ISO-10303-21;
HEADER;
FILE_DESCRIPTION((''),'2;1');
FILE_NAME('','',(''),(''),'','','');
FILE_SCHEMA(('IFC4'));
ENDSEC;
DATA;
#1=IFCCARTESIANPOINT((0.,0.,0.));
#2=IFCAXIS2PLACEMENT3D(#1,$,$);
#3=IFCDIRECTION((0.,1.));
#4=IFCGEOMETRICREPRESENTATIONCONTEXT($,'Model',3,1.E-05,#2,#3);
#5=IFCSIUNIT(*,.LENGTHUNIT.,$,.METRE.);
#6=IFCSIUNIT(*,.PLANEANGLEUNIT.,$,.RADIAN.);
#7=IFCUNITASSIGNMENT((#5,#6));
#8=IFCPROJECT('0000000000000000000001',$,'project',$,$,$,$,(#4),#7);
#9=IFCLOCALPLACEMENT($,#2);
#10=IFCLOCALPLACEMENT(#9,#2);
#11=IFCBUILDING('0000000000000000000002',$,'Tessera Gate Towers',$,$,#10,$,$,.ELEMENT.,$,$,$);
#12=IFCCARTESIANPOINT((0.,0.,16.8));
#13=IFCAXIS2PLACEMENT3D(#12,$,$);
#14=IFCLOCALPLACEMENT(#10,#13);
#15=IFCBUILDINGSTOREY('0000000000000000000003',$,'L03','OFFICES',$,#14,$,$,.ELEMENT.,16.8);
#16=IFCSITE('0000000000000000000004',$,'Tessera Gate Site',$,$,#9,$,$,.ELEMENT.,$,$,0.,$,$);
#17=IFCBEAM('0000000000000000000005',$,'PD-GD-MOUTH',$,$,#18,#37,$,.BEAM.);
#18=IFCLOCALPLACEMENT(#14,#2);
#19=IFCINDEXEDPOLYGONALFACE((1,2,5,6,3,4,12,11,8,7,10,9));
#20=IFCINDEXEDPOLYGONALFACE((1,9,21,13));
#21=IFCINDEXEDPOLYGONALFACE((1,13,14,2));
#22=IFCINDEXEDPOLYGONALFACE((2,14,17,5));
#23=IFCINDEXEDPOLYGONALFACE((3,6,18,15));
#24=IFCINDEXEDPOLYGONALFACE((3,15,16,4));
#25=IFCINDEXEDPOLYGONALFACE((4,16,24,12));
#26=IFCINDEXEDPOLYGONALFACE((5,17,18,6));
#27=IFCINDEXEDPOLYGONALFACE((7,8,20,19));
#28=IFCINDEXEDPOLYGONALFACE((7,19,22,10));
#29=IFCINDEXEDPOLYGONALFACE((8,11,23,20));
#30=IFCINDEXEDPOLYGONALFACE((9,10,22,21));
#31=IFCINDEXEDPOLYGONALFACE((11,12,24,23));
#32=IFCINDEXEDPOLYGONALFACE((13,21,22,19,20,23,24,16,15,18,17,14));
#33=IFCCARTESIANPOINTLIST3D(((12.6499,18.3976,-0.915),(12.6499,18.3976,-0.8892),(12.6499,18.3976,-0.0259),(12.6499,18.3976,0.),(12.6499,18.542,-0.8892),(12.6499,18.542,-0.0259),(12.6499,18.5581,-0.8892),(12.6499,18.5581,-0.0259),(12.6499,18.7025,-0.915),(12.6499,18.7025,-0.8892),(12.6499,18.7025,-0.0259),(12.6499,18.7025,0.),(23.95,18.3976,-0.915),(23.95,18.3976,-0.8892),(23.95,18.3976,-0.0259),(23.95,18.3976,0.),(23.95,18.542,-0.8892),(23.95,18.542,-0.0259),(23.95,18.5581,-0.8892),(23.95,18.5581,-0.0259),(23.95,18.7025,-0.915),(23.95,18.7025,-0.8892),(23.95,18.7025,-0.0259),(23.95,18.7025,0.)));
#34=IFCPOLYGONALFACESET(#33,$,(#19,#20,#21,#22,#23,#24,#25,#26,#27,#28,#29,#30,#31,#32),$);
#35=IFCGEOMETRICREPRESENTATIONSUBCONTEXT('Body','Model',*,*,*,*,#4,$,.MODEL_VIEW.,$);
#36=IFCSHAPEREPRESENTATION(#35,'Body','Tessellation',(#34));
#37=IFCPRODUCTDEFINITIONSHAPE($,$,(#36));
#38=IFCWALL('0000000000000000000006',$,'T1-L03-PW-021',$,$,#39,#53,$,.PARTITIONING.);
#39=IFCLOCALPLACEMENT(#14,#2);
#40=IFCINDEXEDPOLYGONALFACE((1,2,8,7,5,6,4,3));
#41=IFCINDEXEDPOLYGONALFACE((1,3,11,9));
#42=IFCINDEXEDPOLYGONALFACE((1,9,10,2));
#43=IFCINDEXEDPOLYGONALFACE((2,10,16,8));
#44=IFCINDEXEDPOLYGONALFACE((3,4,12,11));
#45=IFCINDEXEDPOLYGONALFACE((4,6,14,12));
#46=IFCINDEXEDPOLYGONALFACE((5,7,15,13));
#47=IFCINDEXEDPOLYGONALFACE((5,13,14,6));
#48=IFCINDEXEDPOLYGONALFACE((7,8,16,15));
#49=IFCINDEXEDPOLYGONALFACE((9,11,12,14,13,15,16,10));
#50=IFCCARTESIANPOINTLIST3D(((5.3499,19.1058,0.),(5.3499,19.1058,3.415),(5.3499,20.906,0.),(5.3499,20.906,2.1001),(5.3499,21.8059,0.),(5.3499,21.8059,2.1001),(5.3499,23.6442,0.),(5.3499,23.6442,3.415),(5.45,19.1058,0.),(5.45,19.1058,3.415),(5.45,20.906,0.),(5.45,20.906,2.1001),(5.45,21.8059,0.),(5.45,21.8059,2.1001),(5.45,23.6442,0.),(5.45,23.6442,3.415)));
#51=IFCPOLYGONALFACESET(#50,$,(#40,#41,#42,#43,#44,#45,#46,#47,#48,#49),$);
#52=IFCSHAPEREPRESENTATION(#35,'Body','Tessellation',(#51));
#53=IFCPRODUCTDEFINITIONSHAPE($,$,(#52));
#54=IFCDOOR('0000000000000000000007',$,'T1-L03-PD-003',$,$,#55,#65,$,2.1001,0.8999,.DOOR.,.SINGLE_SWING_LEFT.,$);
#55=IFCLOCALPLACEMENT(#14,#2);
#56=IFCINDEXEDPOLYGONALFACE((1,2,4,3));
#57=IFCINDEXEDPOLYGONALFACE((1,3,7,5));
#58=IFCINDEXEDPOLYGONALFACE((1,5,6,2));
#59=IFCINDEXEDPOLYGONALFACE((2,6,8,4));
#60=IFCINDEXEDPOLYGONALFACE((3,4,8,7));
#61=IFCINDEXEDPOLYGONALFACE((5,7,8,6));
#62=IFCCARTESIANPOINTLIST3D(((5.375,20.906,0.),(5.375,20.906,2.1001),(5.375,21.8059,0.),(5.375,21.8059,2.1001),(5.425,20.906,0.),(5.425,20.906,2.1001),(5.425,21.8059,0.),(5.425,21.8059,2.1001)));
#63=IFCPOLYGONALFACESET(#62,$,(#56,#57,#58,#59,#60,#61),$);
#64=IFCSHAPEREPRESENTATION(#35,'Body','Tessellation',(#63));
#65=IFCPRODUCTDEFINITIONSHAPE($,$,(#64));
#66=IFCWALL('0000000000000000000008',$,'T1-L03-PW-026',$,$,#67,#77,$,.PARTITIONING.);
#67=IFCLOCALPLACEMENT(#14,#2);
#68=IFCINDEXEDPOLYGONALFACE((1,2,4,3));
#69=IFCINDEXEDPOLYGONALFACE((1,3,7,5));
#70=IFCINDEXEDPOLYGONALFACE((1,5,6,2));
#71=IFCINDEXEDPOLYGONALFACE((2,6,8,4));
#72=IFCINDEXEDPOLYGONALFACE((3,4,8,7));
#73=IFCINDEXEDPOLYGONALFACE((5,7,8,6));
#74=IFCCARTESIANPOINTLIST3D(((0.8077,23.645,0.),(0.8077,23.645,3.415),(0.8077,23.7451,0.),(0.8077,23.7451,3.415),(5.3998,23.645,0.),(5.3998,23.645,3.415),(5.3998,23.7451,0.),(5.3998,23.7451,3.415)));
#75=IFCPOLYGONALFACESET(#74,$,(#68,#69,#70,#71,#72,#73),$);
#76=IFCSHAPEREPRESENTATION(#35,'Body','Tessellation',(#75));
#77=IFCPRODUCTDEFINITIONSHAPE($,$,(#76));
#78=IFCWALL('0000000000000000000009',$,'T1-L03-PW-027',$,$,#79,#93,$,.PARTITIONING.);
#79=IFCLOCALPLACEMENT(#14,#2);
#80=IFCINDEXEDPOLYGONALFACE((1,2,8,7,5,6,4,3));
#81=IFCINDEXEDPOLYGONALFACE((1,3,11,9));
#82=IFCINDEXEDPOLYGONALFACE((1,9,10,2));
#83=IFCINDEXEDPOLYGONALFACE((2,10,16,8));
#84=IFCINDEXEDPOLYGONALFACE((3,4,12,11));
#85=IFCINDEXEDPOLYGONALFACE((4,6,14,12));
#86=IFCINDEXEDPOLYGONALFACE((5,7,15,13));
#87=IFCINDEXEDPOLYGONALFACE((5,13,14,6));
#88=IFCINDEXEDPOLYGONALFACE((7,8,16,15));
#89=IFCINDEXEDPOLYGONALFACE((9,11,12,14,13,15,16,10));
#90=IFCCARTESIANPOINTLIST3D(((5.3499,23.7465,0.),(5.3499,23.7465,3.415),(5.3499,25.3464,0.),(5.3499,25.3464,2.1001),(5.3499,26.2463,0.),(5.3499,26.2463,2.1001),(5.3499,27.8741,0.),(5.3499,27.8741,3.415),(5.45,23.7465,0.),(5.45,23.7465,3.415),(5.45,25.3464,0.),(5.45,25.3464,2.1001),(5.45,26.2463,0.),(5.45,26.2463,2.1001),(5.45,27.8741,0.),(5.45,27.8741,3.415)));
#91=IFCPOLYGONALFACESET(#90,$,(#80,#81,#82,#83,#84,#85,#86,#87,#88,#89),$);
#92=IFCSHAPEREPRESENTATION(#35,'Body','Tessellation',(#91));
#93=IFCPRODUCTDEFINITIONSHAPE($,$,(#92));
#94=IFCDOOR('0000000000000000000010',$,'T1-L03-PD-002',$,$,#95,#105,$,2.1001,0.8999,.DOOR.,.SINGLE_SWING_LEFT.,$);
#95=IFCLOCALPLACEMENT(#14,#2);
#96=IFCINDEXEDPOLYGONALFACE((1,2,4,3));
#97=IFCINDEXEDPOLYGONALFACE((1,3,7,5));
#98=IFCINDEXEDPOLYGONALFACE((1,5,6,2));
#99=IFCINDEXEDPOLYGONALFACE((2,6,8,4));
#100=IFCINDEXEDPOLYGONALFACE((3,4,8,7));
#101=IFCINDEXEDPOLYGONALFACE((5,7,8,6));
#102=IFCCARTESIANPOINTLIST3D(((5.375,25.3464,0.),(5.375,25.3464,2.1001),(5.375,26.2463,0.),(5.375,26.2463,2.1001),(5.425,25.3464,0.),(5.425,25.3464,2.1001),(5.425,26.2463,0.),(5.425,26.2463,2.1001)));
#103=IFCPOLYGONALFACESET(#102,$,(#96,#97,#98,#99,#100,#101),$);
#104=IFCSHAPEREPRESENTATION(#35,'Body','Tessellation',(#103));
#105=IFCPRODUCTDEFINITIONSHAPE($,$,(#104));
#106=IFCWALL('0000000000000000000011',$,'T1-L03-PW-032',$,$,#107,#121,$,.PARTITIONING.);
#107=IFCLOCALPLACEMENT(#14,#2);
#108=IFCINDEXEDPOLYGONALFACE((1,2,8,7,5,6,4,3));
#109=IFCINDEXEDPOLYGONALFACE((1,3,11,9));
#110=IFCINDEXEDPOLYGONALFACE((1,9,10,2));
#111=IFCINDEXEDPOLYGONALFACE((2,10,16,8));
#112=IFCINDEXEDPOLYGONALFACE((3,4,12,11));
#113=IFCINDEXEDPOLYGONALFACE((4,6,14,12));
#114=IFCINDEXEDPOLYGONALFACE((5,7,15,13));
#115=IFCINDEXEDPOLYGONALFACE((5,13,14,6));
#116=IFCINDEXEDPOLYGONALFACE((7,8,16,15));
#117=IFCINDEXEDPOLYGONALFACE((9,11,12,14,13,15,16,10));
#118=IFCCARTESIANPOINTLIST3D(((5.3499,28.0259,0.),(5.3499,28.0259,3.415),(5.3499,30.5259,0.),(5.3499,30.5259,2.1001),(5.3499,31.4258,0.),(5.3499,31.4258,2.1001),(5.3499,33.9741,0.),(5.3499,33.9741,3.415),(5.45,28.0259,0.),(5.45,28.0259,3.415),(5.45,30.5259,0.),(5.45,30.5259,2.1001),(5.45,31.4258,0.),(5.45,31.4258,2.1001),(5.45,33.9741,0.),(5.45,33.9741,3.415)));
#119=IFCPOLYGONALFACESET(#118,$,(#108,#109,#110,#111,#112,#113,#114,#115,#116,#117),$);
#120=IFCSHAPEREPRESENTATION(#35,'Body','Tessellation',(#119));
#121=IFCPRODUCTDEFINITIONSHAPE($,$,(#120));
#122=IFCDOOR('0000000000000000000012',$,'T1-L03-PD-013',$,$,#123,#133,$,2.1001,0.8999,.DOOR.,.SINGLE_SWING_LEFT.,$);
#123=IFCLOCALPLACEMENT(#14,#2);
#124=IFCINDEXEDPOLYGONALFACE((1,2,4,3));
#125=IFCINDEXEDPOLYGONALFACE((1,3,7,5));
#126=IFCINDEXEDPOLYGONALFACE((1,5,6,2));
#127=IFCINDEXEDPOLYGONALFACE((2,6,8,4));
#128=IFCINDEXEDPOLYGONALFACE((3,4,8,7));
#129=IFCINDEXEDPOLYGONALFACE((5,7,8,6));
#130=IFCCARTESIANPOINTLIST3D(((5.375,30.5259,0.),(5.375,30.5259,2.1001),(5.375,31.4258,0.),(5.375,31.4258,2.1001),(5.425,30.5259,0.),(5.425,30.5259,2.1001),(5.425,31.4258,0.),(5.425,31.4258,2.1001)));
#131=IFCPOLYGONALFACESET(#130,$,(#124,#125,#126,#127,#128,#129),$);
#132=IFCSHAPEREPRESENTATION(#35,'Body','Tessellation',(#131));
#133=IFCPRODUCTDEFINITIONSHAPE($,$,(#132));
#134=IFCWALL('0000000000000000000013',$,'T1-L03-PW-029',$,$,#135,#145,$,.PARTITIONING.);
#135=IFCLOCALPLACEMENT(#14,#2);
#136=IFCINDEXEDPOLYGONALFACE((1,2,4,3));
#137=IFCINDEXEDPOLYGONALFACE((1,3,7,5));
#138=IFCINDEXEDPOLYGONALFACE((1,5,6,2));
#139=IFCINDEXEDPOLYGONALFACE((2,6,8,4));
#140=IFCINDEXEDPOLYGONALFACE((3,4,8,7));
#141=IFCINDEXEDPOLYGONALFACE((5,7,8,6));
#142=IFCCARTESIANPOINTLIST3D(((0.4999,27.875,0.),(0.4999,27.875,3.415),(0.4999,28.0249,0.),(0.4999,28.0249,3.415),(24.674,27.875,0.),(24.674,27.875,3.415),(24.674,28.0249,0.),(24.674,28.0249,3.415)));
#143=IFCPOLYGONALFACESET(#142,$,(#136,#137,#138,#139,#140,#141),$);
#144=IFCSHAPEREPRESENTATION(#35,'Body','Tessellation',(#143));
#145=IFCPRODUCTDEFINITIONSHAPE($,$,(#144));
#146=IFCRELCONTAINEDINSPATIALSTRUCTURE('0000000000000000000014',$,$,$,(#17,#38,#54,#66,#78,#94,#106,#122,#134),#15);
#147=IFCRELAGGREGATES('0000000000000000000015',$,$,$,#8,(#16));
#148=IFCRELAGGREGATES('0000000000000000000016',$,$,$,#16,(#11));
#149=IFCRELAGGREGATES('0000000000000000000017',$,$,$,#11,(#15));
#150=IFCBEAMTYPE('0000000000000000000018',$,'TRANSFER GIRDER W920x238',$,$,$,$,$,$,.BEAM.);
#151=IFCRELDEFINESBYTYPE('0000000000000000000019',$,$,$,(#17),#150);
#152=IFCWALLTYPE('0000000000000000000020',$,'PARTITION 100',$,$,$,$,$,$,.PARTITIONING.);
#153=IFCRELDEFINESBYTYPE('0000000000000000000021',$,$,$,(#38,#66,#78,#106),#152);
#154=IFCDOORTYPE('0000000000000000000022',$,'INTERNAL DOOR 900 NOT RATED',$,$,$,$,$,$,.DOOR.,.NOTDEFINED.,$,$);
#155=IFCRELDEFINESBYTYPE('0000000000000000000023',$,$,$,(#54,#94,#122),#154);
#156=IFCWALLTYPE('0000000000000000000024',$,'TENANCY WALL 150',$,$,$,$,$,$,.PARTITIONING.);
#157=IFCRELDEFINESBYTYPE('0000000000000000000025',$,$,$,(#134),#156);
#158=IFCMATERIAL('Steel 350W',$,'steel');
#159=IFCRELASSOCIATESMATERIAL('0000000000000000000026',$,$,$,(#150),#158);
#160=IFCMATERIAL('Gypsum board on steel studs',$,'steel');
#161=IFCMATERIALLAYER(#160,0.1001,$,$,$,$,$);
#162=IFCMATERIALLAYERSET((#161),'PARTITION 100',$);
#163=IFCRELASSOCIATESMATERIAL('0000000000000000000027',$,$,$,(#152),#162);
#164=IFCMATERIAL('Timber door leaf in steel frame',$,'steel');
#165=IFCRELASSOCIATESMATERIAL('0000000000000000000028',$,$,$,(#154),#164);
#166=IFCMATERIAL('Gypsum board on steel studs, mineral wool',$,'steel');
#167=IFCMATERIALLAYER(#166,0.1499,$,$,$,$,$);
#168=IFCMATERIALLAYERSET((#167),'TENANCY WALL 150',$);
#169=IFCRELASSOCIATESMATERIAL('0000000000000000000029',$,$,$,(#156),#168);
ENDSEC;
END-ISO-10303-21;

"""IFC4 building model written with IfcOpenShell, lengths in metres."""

from ifc_helpers import new_model, si_unit, direction, frame, frame_2d, origin, origin_2d, place, context, subcontext, project, spatial, rectangle, i_section, extrude, source, transform, mapped, material, layer, layer_set, material_profile, profile_set, type_object, element, fill, save


model = new_model("IFC4")

# Units and contexts
model_context = context("Model", 3, precision=1e-05, world=origin(), true_north=direction((0.0, 1.0)))
body_context = subcontext(model_context, "Body", "Model", "MODEL_VIEW")
ifc_project = project(units=[si_unit("LENGTHUNIT", "METRE"), si_unit("PLANEANGLEUNIT", "RADIAN")], contexts=[model_context])

# Site, building, storey
site_placement = place(None, origin())
site = spatial("IfcSite", under=ifc_project, at=site_placement, Name="Tessera Gate Site", CompositionType="ELEMENT", RefElevation=0.0)
building_placement = place(site_placement, origin())
building = spatial("IfcBuilding", under=site, at=building_placement, Name="Tessera Gate Towers", CompositionType="ELEMENT")
storey_placement = place(building_placement, frame((0.0, 0.0, 16.8)))
storey = spatial("IfcBuildingStorey", under=building, at=storey_placement, Name="L03", Description="OFFICES", CompositionType="ELEMENT", Elevation=16.8)

# Beam
ifc_material_1 = material(Name="Steel 350W", Category="steel")
ifc_material_profile_1 = material_profile(ifc_material_1, i_section(OverallWidth=0.3049, OverallDepth=0.915, WebThickness=0.0161, FlangeThickness=0.0259, at=origin_2d()), Name="W920x238")
ifc_profile_set_1 = profile_set([ifc_material_profile_1], Name="Steel 350W")
beam_type_1 = type_object("IfcBeamType", Name="TRANSFER GIRDER W920x238", PredefinedType="BEAM", material=ifc_profile_set_1)
beam_1_placement = place(storey_placement, frame((12.6499, 18.55, -0.4575), z_axis=(1.0, 0.0, 0.0), x_axis=(0.0, 1.0, 0.0)))
element("IfcBeam", 1, at=beam_1_placement, inside=storey, type_object=beam_type_1, Name="PD-GD-MOUTH", PredefinedType="BEAM", context=body_context, shape_type="SweptSolid", body=[
    extrude(i_section(OverallWidth=0.3049, OverallDepth=0.915, WebThickness=0.0161, FlangeThickness=0.0259, at=origin_2d()), origin(), (0.0, 0.0, 1.0), 11.3),
])

# Wall, opening, door
ifc_material_2 = material(Name="Gypsum board on steel studs", Category="steel")
ifc_layer_1 = layer(ifc_material_2, 0.1001)
ifc_layer_set_1 = layer_set([ifc_layer_1], Name="PARTITION 100")
wall_type_1 = type_object("IfcWallType", Name="PARTITION 100", PredefinedType="PARTITIONING", material=ifc_layer_set_1)
wall_1_placement = place(storey_placement, frame((5.3999, 19.106, 0.0), z_axis=(0.0, 0.0, 1.0), x_axis=(0.0, 1.0, 0.0)))
wall_1 = element("IfcWall", 2, at=wall_1_placement, inside=storey, type_object=wall_type_1, Name="T1-L03-PW-021", PredefinedType="PARTITIONING", context=body_context, shape_type="SweptSolid", body=[
    extrude(rectangle(XDim=4.5383, YDim=0.1001, at=frame_2d((2.269, 0.0))), origin(), (0.0, 0.0, 1.0), 3.415),
])
shared_shape_1 = source(origin(), body_context, "Body", "SweptSolid", [
    extrude(rectangle(XDim=0.8999, YDim=2.1001, at=frame_2d((0.45, 1.05))), frame((0.0, 0.0601, 0.0), z_axis=(0.0, -1.0, 0.0), x_axis=(1.0, 0.0, 0.0)), (0.0, 0.0, 1.0), 0.1201),
])
opening_1_placement = place(wall_1_placement, frame((1.8, 0.0, 0.0)))
opening_1 = element("IfcOpeningElement", 3, at=opening_1_placement, cuts=wall_1, PredefinedType="OPENING", context=body_context, shape_type="MappedRepresentation", body=[
    mapped(shared_shape_1, transform((0.0, 0.0, 0.0), scale=1.0)),
])
ifc_material_3 = material(Name="Timber door leaf in steel frame", Category="steel")
door_type = type_object("IfcDoorType", Name="INTERNAL DOOR 900 NOT RATED", OperationType="NOTDEFINED", PredefinedType="DOOR", material=ifc_material_3)
shared_shape_2 = source(origin(), body_context, "Body", "SweptSolid", [
    extrude(rectangle(XDim=0.8999, YDim=2.1001, at=frame_2d((0.45, 1.05))), frame((0.0, 0.0249, 0.0), z_axis=(0.0, -1.0, 0.0), x_axis=(1.0, 0.0, 0.0)), (0.0, 0.0, 1.0), 0.05),
])
door_1_placement = place(opening_1_placement, origin())
door_1 = element("IfcDoor", 4, at=door_1_placement, inside=storey, type_object=door_type, Name="T1-L03-PD-003", OperationType="SINGLE_SWING_LEFT", OverallHeight=2.1001, OverallWidth=0.8999, PredefinedType="DOOR", context=body_context, shape_type="MappedRepresentation", body=[
    mapped(shared_shape_2, transform((0.0, 0.0, 0.0), scale=1.0)),
])
fill(opening_1, door_1)

# Wall
wall_2_placement = place(storey_placement, frame((0.8079, 23.6951, 0.0), z_axis=(0.0, 0.0, 1.0), x_axis=(1.0, 0.0, 0.0)))
element("IfcWall", 5, at=wall_2_placement, inside=storey, type_object=wall_type_1, Name="T1-L03-PW-026", PredefinedType="PARTITIONING", context=body_context, shape_type="SweptSolid", body=[
    extrude(rectangle(XDim=4.592, YDim=0.1001, at=frame_2d((2.2959, 0.0))), origin(), (0.0, 0.0, 1.0), 3.415),
])

# Walls, openings, doors
wall_3_placement = place(storey_placement, frame((5.3999, 23.7463, 0.0), z_axis=(0.0, 0.0, 1.0), x_axis=(0.0, 1.0, 0.0)))
wall_3 = element("IfcWall", 6, at=wall_3_placement, inside=storey, type_object=wall_type_1, Name="T1-L03-PW-027", PredefinedType="PARTITIONING", context=body_context, shape_type="SweptSolid", body=[
    extrude(rectangle(XDim=4.1277, YDim=0.1001, at=frame_2d((2.064, 0.0))), origin(), (0.0, 0.0, 1.0), 3.415),
])
opening_2_placement = place(wall_3_placement, frame((1.6001, 0.0, 0.0)))
opening_2 = element("IfcOpeningElement", 7, at=opening_2_placement, cuts=wall_3, PredefinedType="OPENING", context=body_context, shape_type="MappedRepresentation", body=[
    mapped(shared_shape_1, transform((0.0, 0.0, 0.0), scale=1.0)),
])
door_2_placement = place(opening_2_placement, origin())
door_2 = element("IfcDoor", 8, at=door_2_placement, inside=storey, type_object=door_type, Name="T1-L03-PD-002", OperationType="SINGLE_SWING_LEFT", OverallHeight=2.1001, OverallWidth=0.8999, PredefinedType="DOOR", context=body_context, shape_type="MappedRepresentation", body=[
    mapped(shared_shape_2, transform((0.0, 0.0, 0.0), scale=1.0)),
])
fill(opening_2, door_2)
wall_4_placement = place(storey_placement, frame((5.3999, 28.0259, 0.0), z_axis=(0.0, 0.0, 1.0), x_axis=(0.0, 1.0, 0.0)))
wall_4 = element("IfcWall", 9, at=wall_4_placement, inside=storey, type_object=wall_type_1, Name="T1-L03-PW-032", PredefinedType="PARTITIONING", context=body_context, shape_type="SweptSolid", body=[
    extrude(rectangle(XDim=5.9482, YDim=0.1001, at=frame_2d((2.9741, 0.0))), origin(), (0.0, 0.0, 1.0), 3.415),
])
opening_3_placement = place(wall_4_placement, frame((2.5, 0.0, 0.0)))
opening_3 = element("IfcOpeningElement", 10, at=opening_3_placement, cuts=wall_4, PredefinedType="OPENING", context=body_context, shape_type="MappedRepresentation", body=[
    mapped(shared_shape_1, transform((0.0, 0.0, 0.0), scale=1.0)),
])
door_3_placement = place(opening_3_placement, origin())
door_3 = element("IfcDoor", 11, at=door_3_placement, inside=storey, type_object=door_type, Name="T1-L03-PD-013", OperationType="SINGLE_SWING_LEFT", OverallHeight=2.1001, OverallWidth=0.8999, PredefinedType="DOOR", context=body_context, shape_type="MappedRepresentation", body=[
    mapped(shared_shape_2, transform((0.0, 0.0, 0.0), scale=1.0)),
])
fill(opening_3, door_3)

# Wall
ifc_material_4 = material(Name="Gypsum board on steel studs, mineral wool", Category="steel")
ifc_layer_2 = layer(ifc_material_4, 0.1499)
ifc_layer_set_2 = layer_set([ifc_layer_2], Name="TENANCY WALL 150")
wall_type_2 = type_object("IfcWallType", Name="TENANCY WALL 150", PredefinedType="PARTITIONING", material=ifc_layer_set_2)
wall_5_placement = place(storey_placement, frame((0.5, 27.95, 0.0), z_axis=(0.0, 0.0, 1.0), x_axis=(1.0, 0.0, 0.0)))
element("IfcWall", 12, at=wall_5_placement, inside=storey, type_object=wall_type_2, Name="T1-L03-PW-029", PredefinedType="PARTITIONING", context=body_context, shape_type="SweptSolid", body=[
    extrude(rectangle(XDim=24.1741, YDim=0.1499, at=frame_2d((12.0869, 0.0))), origin(), (0.0, 0.0, 1.0), 3.415),
])

save(model, "model.ifc")
